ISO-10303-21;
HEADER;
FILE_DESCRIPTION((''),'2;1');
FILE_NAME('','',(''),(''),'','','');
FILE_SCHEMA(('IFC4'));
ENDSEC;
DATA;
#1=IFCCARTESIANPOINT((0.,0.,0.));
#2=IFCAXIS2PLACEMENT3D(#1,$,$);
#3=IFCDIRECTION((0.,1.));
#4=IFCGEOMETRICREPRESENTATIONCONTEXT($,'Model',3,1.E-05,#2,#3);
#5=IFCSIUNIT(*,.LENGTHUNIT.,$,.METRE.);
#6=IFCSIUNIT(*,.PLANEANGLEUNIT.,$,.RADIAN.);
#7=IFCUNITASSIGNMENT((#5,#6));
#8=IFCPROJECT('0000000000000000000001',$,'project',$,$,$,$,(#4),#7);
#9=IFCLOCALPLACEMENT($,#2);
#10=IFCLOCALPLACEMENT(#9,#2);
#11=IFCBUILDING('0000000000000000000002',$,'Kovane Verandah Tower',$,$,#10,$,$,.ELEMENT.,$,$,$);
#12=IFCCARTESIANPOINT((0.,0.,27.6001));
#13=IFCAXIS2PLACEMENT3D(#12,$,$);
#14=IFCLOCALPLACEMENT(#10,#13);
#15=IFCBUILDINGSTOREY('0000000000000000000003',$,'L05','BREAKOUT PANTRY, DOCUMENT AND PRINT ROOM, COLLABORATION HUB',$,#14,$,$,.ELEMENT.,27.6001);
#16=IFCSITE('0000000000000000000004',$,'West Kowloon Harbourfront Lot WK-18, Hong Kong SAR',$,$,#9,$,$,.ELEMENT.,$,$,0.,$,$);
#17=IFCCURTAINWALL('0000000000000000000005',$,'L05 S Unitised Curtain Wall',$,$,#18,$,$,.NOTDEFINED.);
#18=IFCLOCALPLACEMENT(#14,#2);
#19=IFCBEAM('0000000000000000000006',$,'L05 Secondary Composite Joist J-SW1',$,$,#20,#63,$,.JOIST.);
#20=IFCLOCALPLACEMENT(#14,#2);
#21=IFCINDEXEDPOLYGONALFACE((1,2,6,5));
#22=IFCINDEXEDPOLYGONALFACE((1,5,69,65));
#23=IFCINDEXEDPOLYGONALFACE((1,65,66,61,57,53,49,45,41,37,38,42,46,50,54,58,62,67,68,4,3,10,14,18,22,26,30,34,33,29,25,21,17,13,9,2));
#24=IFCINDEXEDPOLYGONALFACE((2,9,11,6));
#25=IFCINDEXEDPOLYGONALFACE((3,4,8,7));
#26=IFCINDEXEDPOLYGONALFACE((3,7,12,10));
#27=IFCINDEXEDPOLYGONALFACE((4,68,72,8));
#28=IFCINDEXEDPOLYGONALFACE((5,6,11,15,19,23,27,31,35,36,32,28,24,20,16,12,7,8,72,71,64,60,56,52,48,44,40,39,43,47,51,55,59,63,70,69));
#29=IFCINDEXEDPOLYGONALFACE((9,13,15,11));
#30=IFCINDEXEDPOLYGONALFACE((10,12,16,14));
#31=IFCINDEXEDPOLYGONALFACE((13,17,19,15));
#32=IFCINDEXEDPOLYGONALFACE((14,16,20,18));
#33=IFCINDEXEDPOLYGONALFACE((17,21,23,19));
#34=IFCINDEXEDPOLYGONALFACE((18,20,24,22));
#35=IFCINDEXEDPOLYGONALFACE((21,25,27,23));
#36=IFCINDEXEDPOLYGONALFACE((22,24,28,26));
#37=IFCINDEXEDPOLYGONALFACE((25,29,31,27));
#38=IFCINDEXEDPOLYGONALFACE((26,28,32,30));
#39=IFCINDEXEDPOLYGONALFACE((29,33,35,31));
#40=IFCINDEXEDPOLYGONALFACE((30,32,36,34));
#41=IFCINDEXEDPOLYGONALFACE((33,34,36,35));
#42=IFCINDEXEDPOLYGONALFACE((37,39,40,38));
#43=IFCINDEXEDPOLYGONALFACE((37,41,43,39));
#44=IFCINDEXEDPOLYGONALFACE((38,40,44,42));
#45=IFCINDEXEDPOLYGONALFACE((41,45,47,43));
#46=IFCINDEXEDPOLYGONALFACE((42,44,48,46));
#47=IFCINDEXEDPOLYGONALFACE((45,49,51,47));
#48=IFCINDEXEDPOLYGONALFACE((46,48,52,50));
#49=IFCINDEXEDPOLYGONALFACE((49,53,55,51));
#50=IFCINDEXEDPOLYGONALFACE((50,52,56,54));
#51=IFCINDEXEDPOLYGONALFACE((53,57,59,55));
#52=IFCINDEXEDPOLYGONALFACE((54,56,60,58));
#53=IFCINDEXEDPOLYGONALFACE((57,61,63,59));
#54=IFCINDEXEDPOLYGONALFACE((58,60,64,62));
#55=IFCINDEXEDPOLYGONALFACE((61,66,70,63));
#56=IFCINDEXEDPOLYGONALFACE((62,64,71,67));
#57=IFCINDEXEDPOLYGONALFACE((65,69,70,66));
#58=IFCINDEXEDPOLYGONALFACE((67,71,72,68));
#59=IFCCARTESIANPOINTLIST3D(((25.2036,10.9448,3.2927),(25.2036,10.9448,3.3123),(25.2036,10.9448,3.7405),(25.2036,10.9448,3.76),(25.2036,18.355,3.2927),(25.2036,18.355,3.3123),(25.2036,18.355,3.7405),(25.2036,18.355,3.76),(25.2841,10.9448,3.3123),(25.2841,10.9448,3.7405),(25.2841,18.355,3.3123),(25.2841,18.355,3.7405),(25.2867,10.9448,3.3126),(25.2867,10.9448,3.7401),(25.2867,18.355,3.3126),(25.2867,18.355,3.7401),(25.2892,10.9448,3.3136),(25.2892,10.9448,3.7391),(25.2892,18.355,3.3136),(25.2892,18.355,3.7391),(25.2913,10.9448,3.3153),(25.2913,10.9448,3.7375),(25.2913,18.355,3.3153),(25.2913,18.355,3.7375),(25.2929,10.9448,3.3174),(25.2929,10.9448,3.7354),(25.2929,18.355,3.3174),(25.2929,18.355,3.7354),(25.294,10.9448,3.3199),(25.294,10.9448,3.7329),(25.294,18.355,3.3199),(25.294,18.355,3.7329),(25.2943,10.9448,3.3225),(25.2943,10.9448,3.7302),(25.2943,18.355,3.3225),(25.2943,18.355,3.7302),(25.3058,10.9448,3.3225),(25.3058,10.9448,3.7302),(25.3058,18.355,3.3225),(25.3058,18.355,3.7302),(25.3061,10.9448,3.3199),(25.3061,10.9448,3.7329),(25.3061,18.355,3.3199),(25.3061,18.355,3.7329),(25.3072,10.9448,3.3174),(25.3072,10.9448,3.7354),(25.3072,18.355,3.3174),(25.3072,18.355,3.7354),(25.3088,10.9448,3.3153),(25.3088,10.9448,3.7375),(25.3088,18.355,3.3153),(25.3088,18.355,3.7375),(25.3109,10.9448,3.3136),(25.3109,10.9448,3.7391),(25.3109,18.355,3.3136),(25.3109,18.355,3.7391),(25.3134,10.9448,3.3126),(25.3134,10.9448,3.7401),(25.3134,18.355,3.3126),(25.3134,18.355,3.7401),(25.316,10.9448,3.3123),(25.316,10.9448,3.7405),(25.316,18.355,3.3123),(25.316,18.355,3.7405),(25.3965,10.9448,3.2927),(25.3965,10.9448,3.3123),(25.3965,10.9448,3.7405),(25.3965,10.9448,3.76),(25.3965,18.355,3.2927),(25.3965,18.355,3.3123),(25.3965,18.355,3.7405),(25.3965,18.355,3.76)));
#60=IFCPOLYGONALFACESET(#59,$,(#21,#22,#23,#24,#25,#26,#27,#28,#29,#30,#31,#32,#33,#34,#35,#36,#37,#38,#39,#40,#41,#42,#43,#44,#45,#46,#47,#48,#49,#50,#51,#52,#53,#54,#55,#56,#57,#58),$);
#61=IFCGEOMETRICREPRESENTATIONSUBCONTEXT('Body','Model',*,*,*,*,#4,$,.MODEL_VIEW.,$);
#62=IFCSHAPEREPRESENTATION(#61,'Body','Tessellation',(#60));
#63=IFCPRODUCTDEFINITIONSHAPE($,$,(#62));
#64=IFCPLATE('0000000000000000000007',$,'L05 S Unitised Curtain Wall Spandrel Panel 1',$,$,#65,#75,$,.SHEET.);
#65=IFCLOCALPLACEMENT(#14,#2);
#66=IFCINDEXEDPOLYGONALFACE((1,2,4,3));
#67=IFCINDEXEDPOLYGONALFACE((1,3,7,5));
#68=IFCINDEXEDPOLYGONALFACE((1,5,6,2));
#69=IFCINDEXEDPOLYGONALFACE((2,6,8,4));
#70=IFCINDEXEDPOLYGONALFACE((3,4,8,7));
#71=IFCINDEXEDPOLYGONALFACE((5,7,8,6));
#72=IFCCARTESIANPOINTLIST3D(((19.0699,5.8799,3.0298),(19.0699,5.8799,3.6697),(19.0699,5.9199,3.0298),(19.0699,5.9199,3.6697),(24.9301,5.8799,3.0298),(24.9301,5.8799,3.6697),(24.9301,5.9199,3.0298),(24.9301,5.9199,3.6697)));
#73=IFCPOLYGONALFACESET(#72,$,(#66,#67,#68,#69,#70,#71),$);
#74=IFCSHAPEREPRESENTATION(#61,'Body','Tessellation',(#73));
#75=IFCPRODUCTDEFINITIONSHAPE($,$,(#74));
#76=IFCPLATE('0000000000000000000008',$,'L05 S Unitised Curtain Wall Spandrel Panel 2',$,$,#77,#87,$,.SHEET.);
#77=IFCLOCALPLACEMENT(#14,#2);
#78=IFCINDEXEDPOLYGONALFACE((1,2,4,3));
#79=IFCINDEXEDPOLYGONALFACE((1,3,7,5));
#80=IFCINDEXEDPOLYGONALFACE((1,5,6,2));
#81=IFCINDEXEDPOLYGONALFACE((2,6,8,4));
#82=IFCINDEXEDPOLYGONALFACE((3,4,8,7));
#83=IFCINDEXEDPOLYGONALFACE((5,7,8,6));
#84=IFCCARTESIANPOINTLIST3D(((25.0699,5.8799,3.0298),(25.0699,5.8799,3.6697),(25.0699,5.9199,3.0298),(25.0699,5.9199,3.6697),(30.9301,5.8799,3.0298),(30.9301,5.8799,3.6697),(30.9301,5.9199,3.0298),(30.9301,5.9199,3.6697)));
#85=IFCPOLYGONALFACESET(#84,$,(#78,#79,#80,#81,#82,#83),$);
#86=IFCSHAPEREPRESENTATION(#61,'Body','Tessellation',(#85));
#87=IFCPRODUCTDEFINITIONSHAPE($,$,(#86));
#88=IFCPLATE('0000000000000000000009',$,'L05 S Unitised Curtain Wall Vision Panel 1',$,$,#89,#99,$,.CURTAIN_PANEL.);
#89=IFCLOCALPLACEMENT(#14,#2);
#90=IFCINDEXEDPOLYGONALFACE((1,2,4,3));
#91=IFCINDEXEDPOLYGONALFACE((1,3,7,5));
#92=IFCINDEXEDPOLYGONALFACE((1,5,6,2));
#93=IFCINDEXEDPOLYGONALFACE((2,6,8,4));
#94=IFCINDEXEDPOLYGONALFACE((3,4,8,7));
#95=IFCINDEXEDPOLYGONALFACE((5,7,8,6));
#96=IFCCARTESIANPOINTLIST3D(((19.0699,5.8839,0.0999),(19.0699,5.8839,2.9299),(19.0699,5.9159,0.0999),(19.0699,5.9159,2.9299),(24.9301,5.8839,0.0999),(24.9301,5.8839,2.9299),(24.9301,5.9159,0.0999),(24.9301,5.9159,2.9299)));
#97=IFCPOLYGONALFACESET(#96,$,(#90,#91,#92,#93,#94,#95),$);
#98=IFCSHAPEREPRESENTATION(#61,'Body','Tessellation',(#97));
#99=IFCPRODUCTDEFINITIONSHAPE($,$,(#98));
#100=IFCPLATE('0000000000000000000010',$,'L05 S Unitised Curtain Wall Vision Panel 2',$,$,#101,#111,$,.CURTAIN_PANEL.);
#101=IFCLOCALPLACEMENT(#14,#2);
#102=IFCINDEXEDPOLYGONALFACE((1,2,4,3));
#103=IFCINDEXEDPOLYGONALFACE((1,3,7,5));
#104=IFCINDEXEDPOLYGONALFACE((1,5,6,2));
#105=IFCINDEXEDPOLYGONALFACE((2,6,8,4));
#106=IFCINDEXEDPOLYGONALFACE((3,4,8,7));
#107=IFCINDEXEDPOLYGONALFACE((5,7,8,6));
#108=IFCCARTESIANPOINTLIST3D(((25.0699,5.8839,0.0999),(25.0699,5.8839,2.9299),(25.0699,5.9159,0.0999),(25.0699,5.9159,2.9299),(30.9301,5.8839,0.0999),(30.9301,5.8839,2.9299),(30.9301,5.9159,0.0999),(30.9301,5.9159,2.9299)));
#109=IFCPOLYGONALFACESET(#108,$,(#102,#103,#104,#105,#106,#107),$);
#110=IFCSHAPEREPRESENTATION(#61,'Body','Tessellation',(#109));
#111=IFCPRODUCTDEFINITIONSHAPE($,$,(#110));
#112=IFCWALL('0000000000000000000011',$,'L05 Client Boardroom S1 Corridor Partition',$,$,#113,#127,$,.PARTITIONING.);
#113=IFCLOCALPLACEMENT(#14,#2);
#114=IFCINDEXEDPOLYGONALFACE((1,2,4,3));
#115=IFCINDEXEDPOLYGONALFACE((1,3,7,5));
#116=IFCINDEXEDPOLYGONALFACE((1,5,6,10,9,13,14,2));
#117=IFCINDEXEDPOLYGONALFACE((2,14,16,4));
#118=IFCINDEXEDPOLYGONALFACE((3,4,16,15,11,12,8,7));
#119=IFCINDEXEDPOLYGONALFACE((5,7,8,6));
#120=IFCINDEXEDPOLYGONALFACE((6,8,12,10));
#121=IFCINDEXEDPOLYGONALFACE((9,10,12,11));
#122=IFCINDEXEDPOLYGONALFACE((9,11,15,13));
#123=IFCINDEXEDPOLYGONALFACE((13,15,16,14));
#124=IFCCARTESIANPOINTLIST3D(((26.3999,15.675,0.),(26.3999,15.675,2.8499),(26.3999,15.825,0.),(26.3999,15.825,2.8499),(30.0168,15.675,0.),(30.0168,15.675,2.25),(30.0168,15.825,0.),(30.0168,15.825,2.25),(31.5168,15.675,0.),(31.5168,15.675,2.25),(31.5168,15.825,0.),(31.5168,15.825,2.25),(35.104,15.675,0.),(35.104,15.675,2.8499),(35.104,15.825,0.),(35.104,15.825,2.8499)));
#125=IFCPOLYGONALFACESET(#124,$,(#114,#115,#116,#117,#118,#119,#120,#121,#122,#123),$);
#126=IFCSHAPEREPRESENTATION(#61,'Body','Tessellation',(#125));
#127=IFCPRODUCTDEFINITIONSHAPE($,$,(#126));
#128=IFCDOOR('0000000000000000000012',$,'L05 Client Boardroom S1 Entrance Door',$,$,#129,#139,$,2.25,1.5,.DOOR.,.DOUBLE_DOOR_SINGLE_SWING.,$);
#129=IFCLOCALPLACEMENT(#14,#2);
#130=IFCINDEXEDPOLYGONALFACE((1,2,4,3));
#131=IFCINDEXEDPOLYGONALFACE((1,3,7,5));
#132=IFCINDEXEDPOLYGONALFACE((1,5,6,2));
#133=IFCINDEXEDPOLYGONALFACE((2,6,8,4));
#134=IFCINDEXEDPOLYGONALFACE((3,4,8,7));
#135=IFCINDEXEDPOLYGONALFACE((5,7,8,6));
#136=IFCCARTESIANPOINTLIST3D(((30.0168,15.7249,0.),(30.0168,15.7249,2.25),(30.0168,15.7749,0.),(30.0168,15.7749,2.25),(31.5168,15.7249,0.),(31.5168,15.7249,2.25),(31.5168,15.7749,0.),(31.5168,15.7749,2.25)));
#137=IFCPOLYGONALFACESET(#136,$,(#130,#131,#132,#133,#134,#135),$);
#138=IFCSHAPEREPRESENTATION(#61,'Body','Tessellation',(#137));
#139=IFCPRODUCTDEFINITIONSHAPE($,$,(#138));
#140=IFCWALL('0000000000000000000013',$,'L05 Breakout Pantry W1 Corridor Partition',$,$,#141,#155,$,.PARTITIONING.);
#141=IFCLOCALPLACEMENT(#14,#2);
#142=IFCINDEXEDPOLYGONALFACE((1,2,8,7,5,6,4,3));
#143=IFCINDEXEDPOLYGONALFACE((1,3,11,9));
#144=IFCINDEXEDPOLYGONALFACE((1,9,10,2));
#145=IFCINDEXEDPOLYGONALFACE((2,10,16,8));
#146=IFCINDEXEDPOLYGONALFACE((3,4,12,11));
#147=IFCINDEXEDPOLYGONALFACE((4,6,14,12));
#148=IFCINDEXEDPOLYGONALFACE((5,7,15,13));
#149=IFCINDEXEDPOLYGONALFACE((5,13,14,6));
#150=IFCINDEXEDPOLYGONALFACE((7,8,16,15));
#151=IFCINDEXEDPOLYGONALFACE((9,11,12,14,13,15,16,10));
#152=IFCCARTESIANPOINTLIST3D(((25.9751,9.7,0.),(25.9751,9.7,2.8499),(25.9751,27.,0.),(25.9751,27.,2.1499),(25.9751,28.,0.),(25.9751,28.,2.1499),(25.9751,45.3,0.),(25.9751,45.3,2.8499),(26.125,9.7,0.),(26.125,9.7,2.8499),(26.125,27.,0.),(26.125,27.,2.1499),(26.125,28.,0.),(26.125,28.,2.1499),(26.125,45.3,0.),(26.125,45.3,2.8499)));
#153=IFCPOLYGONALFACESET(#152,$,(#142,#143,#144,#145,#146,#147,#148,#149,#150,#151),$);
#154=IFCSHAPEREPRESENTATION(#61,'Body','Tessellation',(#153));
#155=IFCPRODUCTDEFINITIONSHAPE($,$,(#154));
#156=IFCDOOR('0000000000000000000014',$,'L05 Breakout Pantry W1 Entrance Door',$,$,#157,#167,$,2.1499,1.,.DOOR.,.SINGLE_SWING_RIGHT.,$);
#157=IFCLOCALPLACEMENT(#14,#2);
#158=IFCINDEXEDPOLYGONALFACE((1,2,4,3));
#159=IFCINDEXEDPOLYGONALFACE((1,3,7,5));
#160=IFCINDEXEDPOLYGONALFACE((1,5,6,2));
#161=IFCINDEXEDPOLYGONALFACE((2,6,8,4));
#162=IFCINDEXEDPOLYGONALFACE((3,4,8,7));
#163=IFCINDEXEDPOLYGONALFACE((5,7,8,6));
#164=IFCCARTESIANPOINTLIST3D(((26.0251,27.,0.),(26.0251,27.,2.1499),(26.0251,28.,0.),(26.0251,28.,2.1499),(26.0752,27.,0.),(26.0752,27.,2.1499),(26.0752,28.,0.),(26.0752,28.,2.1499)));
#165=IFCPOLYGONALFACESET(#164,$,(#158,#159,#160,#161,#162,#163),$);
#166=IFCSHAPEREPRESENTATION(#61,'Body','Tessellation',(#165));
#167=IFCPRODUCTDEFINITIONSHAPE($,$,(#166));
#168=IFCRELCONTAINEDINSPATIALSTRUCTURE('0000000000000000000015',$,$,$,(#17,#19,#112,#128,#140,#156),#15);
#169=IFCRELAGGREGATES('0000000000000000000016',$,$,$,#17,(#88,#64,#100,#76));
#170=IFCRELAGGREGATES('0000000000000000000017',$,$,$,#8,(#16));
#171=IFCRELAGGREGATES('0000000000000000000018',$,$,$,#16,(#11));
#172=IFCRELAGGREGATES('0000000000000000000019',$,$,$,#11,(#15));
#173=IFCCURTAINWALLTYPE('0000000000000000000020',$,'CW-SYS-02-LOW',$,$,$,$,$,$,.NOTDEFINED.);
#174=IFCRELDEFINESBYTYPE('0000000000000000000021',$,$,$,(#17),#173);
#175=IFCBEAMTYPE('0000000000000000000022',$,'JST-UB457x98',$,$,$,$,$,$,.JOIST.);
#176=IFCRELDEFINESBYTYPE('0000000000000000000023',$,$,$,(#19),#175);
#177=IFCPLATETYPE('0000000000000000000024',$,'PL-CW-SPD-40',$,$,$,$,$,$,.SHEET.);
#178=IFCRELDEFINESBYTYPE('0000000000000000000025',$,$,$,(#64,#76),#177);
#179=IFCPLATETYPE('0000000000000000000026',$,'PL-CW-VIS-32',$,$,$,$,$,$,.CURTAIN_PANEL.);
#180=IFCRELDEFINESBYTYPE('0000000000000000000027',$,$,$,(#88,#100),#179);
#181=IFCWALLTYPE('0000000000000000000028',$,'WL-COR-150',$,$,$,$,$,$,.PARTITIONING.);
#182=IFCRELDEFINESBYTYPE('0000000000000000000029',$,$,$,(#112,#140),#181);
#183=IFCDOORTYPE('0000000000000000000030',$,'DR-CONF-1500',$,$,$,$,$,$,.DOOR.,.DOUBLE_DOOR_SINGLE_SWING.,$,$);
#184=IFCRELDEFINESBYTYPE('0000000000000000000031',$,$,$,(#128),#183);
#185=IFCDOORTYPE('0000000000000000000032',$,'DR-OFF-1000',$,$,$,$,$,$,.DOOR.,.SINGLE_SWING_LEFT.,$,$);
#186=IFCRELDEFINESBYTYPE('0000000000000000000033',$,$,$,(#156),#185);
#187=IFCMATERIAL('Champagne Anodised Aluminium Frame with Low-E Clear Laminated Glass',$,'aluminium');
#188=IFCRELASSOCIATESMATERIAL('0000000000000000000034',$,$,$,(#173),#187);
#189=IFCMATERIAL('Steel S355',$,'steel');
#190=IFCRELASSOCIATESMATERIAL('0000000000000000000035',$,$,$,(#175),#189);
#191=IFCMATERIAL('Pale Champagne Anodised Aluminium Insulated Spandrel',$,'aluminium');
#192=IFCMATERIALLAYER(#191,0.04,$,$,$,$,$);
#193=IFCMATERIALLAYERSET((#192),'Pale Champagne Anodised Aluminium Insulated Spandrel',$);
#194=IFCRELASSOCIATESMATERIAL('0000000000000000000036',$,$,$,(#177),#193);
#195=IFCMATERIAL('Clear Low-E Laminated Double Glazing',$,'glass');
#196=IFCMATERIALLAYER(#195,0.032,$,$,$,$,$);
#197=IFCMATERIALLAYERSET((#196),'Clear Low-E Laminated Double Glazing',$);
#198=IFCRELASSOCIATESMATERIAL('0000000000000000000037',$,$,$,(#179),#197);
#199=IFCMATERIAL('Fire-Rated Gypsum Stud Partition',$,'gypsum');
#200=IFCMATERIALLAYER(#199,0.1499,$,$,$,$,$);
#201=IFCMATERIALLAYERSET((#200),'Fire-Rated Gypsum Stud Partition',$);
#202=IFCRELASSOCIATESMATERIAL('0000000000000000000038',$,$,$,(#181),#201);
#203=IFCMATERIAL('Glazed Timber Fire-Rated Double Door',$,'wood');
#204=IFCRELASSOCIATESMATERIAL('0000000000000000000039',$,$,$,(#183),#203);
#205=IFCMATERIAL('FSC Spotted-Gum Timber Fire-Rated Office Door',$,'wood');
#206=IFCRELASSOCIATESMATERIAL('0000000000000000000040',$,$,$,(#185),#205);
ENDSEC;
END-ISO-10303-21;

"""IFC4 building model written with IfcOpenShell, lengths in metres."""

from ifc_helpers import new_model, si_unit, direction, frame, frame_2d, origin, origin_2d, place, context, subcontext, project, spatial, rectangle, i_section, extrude, material, layer, layer_set, material_profile, profile_set, type_object, element, fill, aggregate, save


model = new_model("IFC4")

# Units and contexts
model_context = context("Model", 3, precision=1e-05, world=origin(), true_north=direction((0.0, 1.0)))
body_context = subcontext(model_context, "Body", "Model", "MODEL_VIEW")
ifc_project = project(units=[si_unit("LENGTHUNIT", "METRE"), si_unit("PLANEANGLEUNIT", "RADIAN")], contexts=[model_context])

# Site, building, storey
site_placement = place(None, origin())
site = spatial("IfcSite", under=ifc_project, at=site_placement, Name="West Kowloon Harbourfront Lot WK-18, Hong Kong SAR", CompositionType="ELEMENT", RefElevation=0.0)
building_placement = place(site_placement, origin())
building = spatial("IfcBuilding", under=site, at=building_placement, Name="Kovane Verandah Tower", CompositionType="ELEMENT")
storey_placement = place(building_placement, frame((0.0, 0.0, 27.6001)))
storey = spatial("IfcBuildingStorey", under=building, at=storey_placement, Name="L05", Description="BREAKOUT PANTRY, DOCUMENT AND PRINT ROOM, COLLABORATION HUB", CompositionType="ELEMENT", Elevation=27.6001)

# Shared definitions
ifc_material_1 = material(Name="Steel S355", Category="steel")

# Curtain wall
ifc_material_2 = material(Name="Champagne Anodised Aluminium Frame with Low-E Clear Laminated Glass", Category="aluminium")
curtain_wall_type = type_object("IfcCurtainWallType", Name="CW-SYS-02-LOW", PredefinedType="NOTDEFINED", material=ifc_material_2)
curtain_wall_placement = place(storey_placement, origin())
curtain_wall = element("IfcCurtainWall", 1, at=curtain_wall_placement, inside=storey, type_object=curtain_wall_type, Name="L05 S Unitised Curtain Wall", PredefinedType="NOTDEFINED")

# Beam
ifc_material_profile_1 = material_profile(ifc_material_1, i_section(OverallWidth=0.1929, OverallDepth=0.4673, WebThickness=0.0115, FlangeThickness=0.0195, FilletRadius=0.0103, at=origin_2d()), Name="UB457x191x98")
ifc_profile_set_1 = profile_set([ifc_material_profile_1], Name="Steel S355")
beam_type_1 = type_object("IfcBeamType", Name="JST-UB457x98", PredefinedType="JOIST", material=ifc_profile_set_1)
beam_1_placement = place(storey_placement, frame((25.3, 10.9448, 3.5264), z_axis=(0.0, 1.0, 0.0), x_axis=(-1.0, 0.0, 0.0)))
element("IfcBeam", 2, at=beam_1_placement, inside=storey, type_object=beam_type_1, Name="L05 Secondary Composite Joist J-SW1", PredefinedType="JOIST", context=body_context, shape_type="SweptSolid", body=[
    extrude(i_section(OverallWidth=0.1929, OverallDepth=0.4673, WebThickness=0.0115, FlangeThickness=0.0195, FilletRadius=0.0103, at=origin_2d()), origin(), (0.0, 0.0, 1.0), 7.4102),
])

# Plates
ifc_material_3 = material(Name="Pale Champagne Anodised Aluminium Insulated Spandrel", Category="aluminium")
ifc_layer_1 = layer(ifc_material_3, 0.04)
ifc_layer_set_1 = layer_set([ifc_layer_1], Name="Pale Champagne Anodised Aluminium Insulated Spandrel")
plate_type_1 = type_object("IfcPlateType", Name="PL-CW-SPD-40", PredefinedType="SHEET", material=ifc_layer_set_1)
plate_1_placement = place(storey_placement, frame((22.0, 5.8999, 3.0298), z_axis=(0.0, 0.0, 1.0), x_axis=(1.0, 0.0, 0.0)))
plate_1 = element("IfcPlate", 3, at=plate_1_placement, type_object=plate_type_1, Name="L05 S Unitised Curtain Wall Spandrel Panel 1", PredefinedType="SHEET", context=body_context, shape_type="SweptSolid", body=[
    extrude(rectangle(XDim=5.8601, YDim=0.04, at=origin_2d()), origin(), (0.0, 0.0, 1.0), 0.6399),
])
plate_2_placement = place(storey_placement, frame((28.0, 5.8999, 3.0298), z_axis=(0.0, 0.0, 1.0), x_axis=(1.0, 0.0, 0.0)))
plate_2 = element("IfcPlate", 4, at=plate_2_placement, type_object=plate_type_1, Name="L05 S Unitised Curtain Wall Spandrel Panel 2", PredefinedType="SHEET", context=body_context, shape_type="SweptSolid", body=[
    extrude(rectangle(XDim=5.8601, YDim=0.04, at=origin_2d()), origin(), (0.0, 0.0, 1.0), 0.6399),
])
ifc_material_4 = material(Name="Clear Low-E Laminated Double Glazing", Category="glass")
ifc_layer_2 = layer(ifc_material_4, 0.032)
ifc_layer_set_2 = layer_set([ifc_layer_2], Name="Clear Low-E Laminated Double Glazing")
plate_type_2 = type_object("IfcPlateType", Name="PL-CW-VIS-32", PredefinedType="CURTAIN_PANEL", material=ifc_layer_set_2)
plate_3_placement = place(storey_placement, frame((22.0, 5.8999, 0.0999), z_axis=(0.0, 0.0, 1.0), x_axis=(1.0, 0.0, 0.0)))
plate_3 = element("IfcPlate", 5, at=plate_3_placement, type_object=plate_type_2, Name="L05 S Unitised Curtain Wall Vision Panel 1", PredefinedType="CURTAIN_PANEL", context=body_context, shape_type="SweptSolid", body=[
    extrude(rectangle(XDim=5.8601, YDim=0.032, at=origin_2d()), origin(), (0.0, 0.0, 1.0), 2.8301),
])
plate_4_placement = place(storey_placement, frame((28.0, 5.8999, 0.0999), z_axis=(0.0, 0.0, 1.0), x_axis=(1.0, 0.0, 0.0)))
plate_4 = element("IfcPlate", 6, at=plate_4_placement, type_object=plate_type_2, Name="L05 S Unitised Curtain Wall Vision Panel 2", PredefinedType="CURTAIN_PANEL", context=body_context, shape_type="SweptSolid", body=[
    extrude(rectangle(XDim=5.8601, YDim=0.032, at=origin_2d()), origin(), (0.0, 0.0, 1.0), 2.8301),
])
aggregate(curtain_wall, [plate_3, plate_1, plate_4, plate_2])

# Walls, openings, doors
ifc_material_5 = material(Name="Fire-Rated Gypsum Stud Partition", Category="gypsum")
ifc_layer_3 = layer(ifc_material_5, 0.1499)
ifc_layer_set_3 = layer_set([ifc_layer_3], Name="Fire-Rated Gypsum Stud Partition")
wall_type = type_object("IfcWallType", Name="WL-COR-150", PredefinedType="PARTITIONING", material=ifc_layer_set_3)
wall_1_placement = place(storey_placement, frame((26.3999, 15.75, 0.0), z_axis=(0.0, 0.0, 1.0), x_axis=(1.0, 0.0, 0.0)))
wall_1 = element("IfcWall", 7, at=wall_1_placement, inside=storey, type_object=wall_type, Name="L05 Client Boardroom S1 Corridor Partition", PredefinedType="PARTITIONING", context=body_context, shape_type="SweptSolid", body=[
    extrude(rectangle(XDim=8.7041, YDim=0.1499, at=frame_2d((4.3521, 0.0))), origin(), (0.0, 0.0, 1.0), 2.8499),
])
opening_1_placement = place(wall_1_placement, frame((3.6169, 0.0, 0.0)))
opening_1 = element("IfcOpeningElement", 8, at=opening_1_placement, cuts=wall_1, PredefinedType="OPENING", context=body_context, shape_type="SweptSolid", body=[
    extrude(rectangle(XDim=1.5, YDim=2.25, at=frame_2d((0.75, 1.125))), frame((0.0, 0.075, 0.0), z_axis=(0.0, -1.0, 0.0), x_axis=(1.0, 0.0, 0.0)), (0.0, 0.0, 1.0), 0.1499),
])
ifc_material_6 = material(Name="Glazed Timber Fire-Rated Double Door", Category="wood")
door_type_1 = type_object("IfcDoorType", Name="DR-CONF-1500", OperationType="DOUBLE_DOOR_SINGLE_SWING", PredefinedType="DOOR", material=ifc_material_6)
door_1_placement = place(opening_1_placement, origin())
door_1 = element("IfcDoor", 9, at=door_1_placement, inside=storey, type_object=door_type_1, Name="L05 Client Boardroom S1 Entrance Door", OperationType="DOUBLE_DOOR_SINGLE_SWING", OverallHeight=2.25, OverallWidth=1.5, PredefinedType="DOOR", context=body_context, shape_type="SweptSolid", body=[
    extrude(rectangle(XDim=1.5, YDim=2.25, at=frame_2d((0.75, 1.125))), frame((0.0, 0.0249, 0.0), z_axis=(0.0, -1.0, 0.0), x_axis=(1.0, 0.0, 0.0)), (0.0, 0.0, 1.0), 0.05),
])
fill(opening_1, door_1)
wall_2_placement = place(storey_placement, frame((26.05, 9.7, 0.0), z_axis=(0.0, 0.0, 1.0), x_axis=(0.0, 1.0, 0.0)))
wall_2 = element("IfcWall", 10, at=wall_2_placement, inside=storey, type_object=wall_type, Name="L05 Breakout Pantry W1 Corridor Partition", PredefinedType="PARTITIONING", context=body_context, shape_type="SweptSolid", body=[
    extrude(rectangle(XDim=35.6001, YDim=0.1499, at=frame_2d((17.8, 0.0))), origin(), (0.0, 0.0, 1.0), 2.8499),
])
opening_2_placement = place(wall_2_placement, frame((17.3, 0.0, 0.0)))
opening_2 = element("IfcOpeningElement", 11, at=opening_2_placement, cuts=wall_2, PredefinedType="OPENING", context=body_context, shape_type="SweptSolid", body=[
    extrude(rectangle(XDim=1.0, YDim=2.1499, at=frame_2d((0.5, 1.075))), frame((0.0, 0.075, 0.0), z_axis=(0.0, -1.0, 0.0), x_axis=(1.0, 0.0, 0.0)), (0.0, 0.0, 1.0), 0.1499),
])
ifc_material_7 = material(Name="FSC Spotted-Gum Timber Fire-Rated Office Door", Category="wood")
door_type_2 = type_object("IfcDoorType", Name="DR-OFF-1000", OperationType="SINGLE_SWING_LEFT", PredefinedType="DOOR", material=ifc_material_7)
door_2_placement = place(opening_2_placement, origin())
door_2 = element("IfcDoor", 12, at=door_2_placement, inside=storey, type_object=door_type_2, Name="L05 Breakout Pantry W1 Entrance Door", OperationType="SINGLE_SWING_RIGHT", OverallHeight=2.1499, OverallWidth=1.0, PredefinedType="DOOR", context=body_context, shape_type="SweptSolid", body=[
    extrude(rectangle(XDim=1.0, YDim=2.1499, at=frame_2d((0.5, 1.075))), frame((0.0, 0.0249, 0.0), z_axis=(0.0, -1.0, 0.0), x_axis=(1.0, 0.0, 0.0)), (0.0, 0.0, 1.0), 0.05),
])
fill(opening_2, door_2)

save(model, "model.ifc")
